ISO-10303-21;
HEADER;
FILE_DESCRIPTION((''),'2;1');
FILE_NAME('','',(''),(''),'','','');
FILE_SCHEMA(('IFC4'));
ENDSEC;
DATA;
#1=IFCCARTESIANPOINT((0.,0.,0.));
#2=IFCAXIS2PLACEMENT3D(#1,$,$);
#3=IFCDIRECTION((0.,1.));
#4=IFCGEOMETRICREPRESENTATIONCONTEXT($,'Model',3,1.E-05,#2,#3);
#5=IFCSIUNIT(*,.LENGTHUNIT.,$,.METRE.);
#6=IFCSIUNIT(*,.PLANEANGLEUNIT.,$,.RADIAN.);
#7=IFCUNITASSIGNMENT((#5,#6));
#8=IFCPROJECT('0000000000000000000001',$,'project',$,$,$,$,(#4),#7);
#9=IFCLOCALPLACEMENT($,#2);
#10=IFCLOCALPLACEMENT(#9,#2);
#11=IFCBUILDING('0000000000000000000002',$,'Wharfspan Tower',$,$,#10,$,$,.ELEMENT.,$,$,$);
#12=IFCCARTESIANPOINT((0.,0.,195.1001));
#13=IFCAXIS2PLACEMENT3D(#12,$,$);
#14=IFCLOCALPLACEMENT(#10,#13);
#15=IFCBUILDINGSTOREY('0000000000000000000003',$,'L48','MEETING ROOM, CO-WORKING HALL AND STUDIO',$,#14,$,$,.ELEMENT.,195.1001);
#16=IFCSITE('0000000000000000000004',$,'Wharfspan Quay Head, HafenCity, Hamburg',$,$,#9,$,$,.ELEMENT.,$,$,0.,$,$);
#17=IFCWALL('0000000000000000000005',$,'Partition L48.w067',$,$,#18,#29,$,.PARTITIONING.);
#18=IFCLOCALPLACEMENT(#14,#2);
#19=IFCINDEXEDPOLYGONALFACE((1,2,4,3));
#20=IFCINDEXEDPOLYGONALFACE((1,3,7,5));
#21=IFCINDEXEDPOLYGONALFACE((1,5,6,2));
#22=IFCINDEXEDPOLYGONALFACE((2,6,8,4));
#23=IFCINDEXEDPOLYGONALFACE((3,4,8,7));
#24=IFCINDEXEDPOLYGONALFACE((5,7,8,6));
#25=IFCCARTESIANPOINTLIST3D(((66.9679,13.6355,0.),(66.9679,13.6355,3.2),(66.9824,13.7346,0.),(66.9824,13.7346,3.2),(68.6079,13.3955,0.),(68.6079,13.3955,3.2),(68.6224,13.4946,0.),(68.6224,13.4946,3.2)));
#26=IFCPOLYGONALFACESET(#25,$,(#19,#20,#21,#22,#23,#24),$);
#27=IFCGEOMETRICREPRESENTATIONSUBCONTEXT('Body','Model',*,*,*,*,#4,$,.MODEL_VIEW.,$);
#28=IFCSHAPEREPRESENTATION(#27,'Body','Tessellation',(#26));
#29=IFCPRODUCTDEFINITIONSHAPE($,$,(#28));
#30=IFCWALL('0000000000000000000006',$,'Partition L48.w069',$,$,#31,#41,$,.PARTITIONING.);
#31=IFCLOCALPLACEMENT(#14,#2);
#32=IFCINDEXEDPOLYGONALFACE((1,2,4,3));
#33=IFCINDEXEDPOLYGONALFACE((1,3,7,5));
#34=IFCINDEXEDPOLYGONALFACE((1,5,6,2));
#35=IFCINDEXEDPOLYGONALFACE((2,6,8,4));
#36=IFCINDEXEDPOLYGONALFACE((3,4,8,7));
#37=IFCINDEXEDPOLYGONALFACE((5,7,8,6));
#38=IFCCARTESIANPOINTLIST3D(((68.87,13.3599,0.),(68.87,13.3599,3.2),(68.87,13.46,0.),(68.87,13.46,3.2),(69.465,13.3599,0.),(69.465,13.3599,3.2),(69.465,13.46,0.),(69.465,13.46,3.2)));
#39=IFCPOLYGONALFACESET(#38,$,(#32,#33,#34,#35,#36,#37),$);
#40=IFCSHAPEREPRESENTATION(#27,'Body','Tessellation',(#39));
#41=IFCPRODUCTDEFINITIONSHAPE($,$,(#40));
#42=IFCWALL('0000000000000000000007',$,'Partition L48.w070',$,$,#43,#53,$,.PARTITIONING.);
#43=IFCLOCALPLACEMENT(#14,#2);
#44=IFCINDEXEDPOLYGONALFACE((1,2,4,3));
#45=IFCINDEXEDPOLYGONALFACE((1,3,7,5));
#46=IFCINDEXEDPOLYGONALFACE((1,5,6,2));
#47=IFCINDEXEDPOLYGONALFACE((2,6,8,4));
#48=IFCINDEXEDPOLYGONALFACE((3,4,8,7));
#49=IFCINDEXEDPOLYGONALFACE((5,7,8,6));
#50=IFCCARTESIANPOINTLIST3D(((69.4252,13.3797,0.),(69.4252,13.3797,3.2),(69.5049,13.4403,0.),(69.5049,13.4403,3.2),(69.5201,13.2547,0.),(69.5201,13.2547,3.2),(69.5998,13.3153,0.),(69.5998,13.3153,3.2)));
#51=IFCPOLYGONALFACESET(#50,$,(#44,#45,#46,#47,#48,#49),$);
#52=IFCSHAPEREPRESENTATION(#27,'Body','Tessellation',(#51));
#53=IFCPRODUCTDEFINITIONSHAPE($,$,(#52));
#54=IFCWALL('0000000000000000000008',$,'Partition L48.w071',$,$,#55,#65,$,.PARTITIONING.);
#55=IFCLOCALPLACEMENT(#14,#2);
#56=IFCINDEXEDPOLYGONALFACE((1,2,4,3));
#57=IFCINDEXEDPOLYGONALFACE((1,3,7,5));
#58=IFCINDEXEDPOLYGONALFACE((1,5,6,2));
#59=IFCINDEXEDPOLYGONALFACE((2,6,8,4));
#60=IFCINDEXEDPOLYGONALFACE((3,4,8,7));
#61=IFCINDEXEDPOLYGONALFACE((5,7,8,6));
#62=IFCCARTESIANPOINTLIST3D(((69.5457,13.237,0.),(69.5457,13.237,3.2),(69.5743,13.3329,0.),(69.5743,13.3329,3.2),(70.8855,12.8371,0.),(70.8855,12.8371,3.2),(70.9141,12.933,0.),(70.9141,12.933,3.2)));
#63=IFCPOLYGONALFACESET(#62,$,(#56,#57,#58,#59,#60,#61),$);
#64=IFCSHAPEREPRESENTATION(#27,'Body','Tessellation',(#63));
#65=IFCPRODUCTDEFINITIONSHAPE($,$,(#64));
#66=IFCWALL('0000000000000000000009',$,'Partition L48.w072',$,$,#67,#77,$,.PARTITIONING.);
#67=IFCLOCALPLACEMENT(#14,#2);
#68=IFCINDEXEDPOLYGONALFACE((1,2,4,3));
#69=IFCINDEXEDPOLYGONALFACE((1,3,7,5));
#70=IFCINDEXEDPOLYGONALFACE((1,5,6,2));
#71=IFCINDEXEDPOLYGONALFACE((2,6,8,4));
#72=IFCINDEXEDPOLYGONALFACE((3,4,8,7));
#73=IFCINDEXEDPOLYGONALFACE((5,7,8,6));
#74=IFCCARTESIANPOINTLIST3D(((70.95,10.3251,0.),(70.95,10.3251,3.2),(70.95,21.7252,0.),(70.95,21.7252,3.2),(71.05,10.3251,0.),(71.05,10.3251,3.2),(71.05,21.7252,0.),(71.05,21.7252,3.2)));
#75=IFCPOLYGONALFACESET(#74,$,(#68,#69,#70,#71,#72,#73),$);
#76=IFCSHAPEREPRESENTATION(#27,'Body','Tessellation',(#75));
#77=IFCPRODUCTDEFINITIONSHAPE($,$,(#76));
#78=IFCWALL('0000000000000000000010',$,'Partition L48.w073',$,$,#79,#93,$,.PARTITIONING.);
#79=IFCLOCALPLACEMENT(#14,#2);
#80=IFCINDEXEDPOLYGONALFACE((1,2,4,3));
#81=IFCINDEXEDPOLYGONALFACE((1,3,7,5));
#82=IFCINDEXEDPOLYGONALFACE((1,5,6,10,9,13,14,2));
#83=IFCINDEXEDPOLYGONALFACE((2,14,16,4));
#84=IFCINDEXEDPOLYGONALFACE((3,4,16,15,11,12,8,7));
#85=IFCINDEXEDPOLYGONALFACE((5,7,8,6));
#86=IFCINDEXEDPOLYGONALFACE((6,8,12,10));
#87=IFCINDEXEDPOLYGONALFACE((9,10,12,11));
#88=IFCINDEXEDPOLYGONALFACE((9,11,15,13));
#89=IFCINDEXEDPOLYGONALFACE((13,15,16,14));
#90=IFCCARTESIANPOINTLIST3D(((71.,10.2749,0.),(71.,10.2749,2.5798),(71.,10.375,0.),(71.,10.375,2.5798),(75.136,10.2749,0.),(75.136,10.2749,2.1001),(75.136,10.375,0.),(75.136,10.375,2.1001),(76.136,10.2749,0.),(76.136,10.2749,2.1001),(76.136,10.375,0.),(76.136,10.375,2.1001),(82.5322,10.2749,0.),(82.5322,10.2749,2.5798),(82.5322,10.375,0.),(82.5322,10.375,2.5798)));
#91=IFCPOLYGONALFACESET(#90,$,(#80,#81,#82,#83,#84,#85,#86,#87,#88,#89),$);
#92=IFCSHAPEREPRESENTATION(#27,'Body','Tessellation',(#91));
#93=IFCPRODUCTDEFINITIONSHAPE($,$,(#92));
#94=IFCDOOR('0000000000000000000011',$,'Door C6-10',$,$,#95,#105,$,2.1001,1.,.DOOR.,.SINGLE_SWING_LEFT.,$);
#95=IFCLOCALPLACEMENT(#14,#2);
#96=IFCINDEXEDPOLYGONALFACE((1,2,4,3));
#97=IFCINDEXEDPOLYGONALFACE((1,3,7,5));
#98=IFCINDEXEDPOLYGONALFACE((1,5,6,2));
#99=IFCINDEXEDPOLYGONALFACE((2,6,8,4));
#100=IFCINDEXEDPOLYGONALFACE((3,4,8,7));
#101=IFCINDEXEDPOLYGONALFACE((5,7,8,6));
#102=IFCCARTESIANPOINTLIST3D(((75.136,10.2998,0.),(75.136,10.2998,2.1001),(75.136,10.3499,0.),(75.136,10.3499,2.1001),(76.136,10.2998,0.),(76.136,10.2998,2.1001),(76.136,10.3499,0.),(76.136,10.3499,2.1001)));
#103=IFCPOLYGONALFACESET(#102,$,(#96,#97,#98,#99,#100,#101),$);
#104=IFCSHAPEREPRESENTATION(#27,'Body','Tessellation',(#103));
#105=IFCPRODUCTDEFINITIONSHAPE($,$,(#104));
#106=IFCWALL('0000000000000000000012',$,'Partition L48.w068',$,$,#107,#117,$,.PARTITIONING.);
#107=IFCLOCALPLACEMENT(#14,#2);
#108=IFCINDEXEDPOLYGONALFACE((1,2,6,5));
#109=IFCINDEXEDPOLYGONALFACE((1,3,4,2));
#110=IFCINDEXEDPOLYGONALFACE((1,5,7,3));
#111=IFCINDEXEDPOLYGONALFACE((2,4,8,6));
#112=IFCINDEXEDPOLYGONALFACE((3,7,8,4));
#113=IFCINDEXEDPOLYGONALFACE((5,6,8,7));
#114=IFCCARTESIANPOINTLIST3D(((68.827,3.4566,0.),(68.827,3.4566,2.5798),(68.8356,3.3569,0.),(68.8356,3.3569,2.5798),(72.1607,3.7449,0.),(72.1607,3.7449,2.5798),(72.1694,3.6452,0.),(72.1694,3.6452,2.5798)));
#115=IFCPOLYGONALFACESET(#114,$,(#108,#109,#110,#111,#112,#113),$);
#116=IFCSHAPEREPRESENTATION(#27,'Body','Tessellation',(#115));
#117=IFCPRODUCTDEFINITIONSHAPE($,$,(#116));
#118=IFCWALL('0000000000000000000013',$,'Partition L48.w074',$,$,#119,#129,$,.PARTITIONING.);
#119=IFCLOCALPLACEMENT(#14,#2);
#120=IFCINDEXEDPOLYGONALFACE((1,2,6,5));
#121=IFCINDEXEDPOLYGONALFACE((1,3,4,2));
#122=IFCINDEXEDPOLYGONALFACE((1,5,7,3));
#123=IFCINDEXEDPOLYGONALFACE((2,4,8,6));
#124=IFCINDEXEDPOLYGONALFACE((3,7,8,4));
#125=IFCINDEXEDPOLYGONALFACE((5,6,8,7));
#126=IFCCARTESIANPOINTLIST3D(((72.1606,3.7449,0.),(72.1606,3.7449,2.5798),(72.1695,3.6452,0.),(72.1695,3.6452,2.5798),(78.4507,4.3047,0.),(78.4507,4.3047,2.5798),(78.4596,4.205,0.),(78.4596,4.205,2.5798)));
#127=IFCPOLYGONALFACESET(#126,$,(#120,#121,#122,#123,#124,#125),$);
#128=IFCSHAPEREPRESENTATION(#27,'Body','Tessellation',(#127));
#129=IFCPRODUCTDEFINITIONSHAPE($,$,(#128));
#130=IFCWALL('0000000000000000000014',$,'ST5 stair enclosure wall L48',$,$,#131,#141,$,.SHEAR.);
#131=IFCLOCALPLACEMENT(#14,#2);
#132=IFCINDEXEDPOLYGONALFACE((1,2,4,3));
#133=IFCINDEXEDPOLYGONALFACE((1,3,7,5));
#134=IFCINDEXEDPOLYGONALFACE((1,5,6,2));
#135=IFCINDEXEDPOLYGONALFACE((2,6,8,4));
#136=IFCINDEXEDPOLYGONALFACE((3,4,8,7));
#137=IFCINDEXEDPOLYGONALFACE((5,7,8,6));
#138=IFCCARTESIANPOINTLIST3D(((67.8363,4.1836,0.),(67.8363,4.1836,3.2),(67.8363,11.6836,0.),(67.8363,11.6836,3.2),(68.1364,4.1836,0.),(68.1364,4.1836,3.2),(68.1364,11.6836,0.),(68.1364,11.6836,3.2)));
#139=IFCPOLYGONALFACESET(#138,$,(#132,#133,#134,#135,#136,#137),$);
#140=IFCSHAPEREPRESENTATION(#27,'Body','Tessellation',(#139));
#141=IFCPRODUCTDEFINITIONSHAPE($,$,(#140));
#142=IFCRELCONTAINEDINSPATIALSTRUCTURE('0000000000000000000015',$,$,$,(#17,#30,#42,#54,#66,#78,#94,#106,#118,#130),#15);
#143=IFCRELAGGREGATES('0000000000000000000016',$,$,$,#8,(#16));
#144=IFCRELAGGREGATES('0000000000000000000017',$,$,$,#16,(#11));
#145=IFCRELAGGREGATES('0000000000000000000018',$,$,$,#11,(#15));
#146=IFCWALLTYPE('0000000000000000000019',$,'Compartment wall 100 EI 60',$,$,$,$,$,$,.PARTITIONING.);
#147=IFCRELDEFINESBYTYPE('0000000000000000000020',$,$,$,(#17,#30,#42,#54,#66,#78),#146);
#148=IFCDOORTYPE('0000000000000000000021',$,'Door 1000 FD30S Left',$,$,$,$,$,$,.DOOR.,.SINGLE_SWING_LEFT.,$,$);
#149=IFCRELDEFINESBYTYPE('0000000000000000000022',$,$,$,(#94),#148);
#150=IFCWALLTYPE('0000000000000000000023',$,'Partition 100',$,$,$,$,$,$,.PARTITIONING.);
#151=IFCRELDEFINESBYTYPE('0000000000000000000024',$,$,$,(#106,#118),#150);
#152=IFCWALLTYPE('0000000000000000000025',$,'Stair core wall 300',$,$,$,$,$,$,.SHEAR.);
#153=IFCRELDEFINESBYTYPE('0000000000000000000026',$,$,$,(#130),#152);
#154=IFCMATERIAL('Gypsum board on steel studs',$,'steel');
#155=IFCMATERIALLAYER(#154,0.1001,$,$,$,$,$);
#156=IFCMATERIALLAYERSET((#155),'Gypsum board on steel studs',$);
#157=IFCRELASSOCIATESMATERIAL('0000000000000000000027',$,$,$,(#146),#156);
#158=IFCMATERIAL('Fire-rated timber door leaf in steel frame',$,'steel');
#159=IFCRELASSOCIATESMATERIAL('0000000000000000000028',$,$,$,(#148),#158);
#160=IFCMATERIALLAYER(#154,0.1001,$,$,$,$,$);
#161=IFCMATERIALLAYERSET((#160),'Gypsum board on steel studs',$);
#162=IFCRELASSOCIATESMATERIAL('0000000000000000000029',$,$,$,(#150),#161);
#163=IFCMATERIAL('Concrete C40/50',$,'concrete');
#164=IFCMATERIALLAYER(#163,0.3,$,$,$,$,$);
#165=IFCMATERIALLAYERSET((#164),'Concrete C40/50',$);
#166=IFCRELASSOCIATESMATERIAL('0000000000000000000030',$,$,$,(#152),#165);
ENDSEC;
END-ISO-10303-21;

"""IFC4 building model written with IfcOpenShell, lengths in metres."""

from ifc_helpers import new_model, si_unit, direction, frame, frame_2d, origin, place, context, subcontext, project, spatial, rectangle, extrude, material, layer, layer_set, type_object, element, fill, save


model = new_model("IFC4")

# Units and contexts
model_context = context("Model", 3, precision=1e-05, world=origin(), true_north=direction((0.0, 1.0)))
body_context = subcontext(model_context, "Body", "Model", "MODEL_VIEW")
ifc_project = project(units=[si_unit("LENGTHUNIT", "METRE"), si_unit("PLANEANGLEUNIT", "RADIAN")], contexts=[model_context])

# Site, building, storey
site_placement = place(None, origin())
site = spatial("IfcSite", under=ifc_project, at=site_placement, Name="Wharfspan Quay Head, HafenCity, Hamburg", CompositionType="ELEMENT", RefElevation=0.0)
building_placement = place(site_placement, origin())
building = spatial("IfcBuilding", under=site, at=building_placement, Name="Wharfspan Tower", CompositionType="ELEMENT")
storey_placement = place(building_placement, frame((0.0, 0.0, 195.1001)))
storey = spatial("IfcBuildingStorey", under=building, at=storey_placement, Name="L48", Description="MEETING ROOM, CO-WORKING HALL AND STUDIO", CompositionType="ELEMENT", Elevation=195.1001)

# Shared definitions
ifc_material_1 = material(Name="Gypsum board on steel studs", Category="steel")
ifc_layer_1 = layer(ifc_material_1, 0.1001)
ifc_layer_set_1 = layer_set([ifc_layer_1], Name="Gypsum board on steel studs")
wall_type_1 = type_object("IfcWallType", Name="Compartment wall 100 EI 60", PredefinedType="PARTITIONING", material=ifc_layer_set_1)

# Shared definitions
ifc_material_2 = material(Name="Fire-rated timber door leaf in steel frame", Category="steel")
door_type_1 = type_object("IfcDoorType", Name="Door 1000 FD30S Left", OperationType="SINGLE_SWING_LEFT", PredefinedType="DOOR", material=ifc_material_2)

# Walls
wall_1_placement = place(storey_placement, frame((68.615, 13.4451, 0.0), z_axis=(0.0, 0.0, 1.0), x_axis=(-0.989463, 0.144803, 0.0)))
element("IfcWall", 1, at=wall_1_placement, inside=storey, type_object=wall_type_1, Name="Partition L48.w067", PredefinedType="PARTITIONING", context=body_context, shape_type="SweptSolid", body=[
    extrude(rectangle(XDim=1.6575, YDim=0.1001, at=frame_2d((0.8286, 0.0))), origin(), (0.0, 0.0, 1.0), 3.2),
])
wall_2_placement = place(storey_placement, frame((68.8701, 13.4099, 0.0), z_axis=(0.0, 0.0, 1.0), x_axis=(1.0, 0.0, 0.0)))
element("IfcWall", 2, at=wall_2_placement, inside=storey, type_object=wall_type_1, Name="Partition L48.w069", PredefinedType="PARTITIONING", context=body_context, shape_type="SweptSolid", body=[
    extrude(rectangle(XDim=0.595, YDim=0.1001, at=frame_2d((0.2974, 0.0))), origin(), (0.0, 0.0, 1.0), 3.2),
])
wall_3_placement = place(storey_placement, frame((69.5601, 13.2849, 0.0), z_axis=(0.0, 0.0, 1.0), x_axis=(-0.604968, 0.796256, 0.0)))
element("IfcWall", 3, at=wall_3_placement, inside=storey, type_object=wall_type_1, Name="Partition L48.w070", PredefinedType="PARTITIONING", context=body_context, shape_type="SweptSolid", body=[
    extrude(rectangle(XDim=0.157, YDim=0.1001, at=frame_2d((0.0786, 0.0))), origin(), (0.0, 0.0, 1.0), 3.2),
])
wall_4_placement = place(storey_placement, frame((70.8999, 12.885, 0.0), z_axis=(0.0, 0.0, 1.0), x_axis=(-0.958229, 0.286002, 0.0)))
element("IfcWall", 4, at=wall_4_placement, inside=storey, type_object=wall_type_1, Name="Partition L48.w071", PredefinedType="PARTITIONING", context=body_context, shape_type="SweptSolid", body=[
    extrude(rectangle(XDim=1.3982, YDim=0.1001, at=frame_2d((0.6992, 0.0))), origin(), (0.0, 0.0, 1.0), 3.2),
])
wall_5_placement = place(storey_placement, frame((71.0, 10.325, 0.0), z_axis=(0.0, 0.0, 1.0), x_axis=(0.0, 1.0, 0.0)))
element("IfcWall", 5, at=wall_5_placement, inside=storey, type_object=wall_type_1, Name="Partition L48.w072", PredefinedType="PARTITIONING", context=body_context, shape_type="SweptSolid", body=[
    extrude(rectangle(XDim=11.4001, YDim=0.1001, at=frame_2d((5.7002, 0.0))), origin(), (0.0, 0.0, 1.0), 3.2),
])

# Wall, opening, door
wall_6_placement = place(storey_placement, frame((71.0, 10.325, 0.0), z_axis=(0.0, 0.0, 1.0), x_axis=(1.0, 0.0, 0.0)))
wall_6 = element("IfcWall", 6, at=wall_6_placement, inside=storey, type_object=wall_type_1, Name="Partition L48.w073", PredefinedType="PARTITIONING", context=body_context, shape_type="SweptSolid", body=[
    extrude(rectangle(XDim=11.5322, YDim=0.1001, at=frame_2d((5.7661, 0.0))), origin(), (0.0, 0.0, 1.0), 2.5798),
])
opening_1_placement = place(wall_6_placement, frame((4.136, 0.0, 0.0)))
opening_1 = element("IfcOpeningElement", 7, at=opening_1_placement, cuts=wall_6, PredefinedType="OPENING", context=body_context, shape_type="SweptSolid", body=[
    extrude(rectangle(XDim=1.0, YDim=2.1001, at=frame_2d((0.5, 1.05))), frame((0.0, 0.0601, 0.0), z_axis=(0.0, -1.0, 0.0), x_axis=(1.0, 0.0, 0.0)), (0.0, 0.0, 1.0), 0.1201),
])
door_1_placement = place(opening_1_placement, origin())
door_1 = element("IfcDoor", 8, at=door_1_placement, inside=storey, type_object=door_type_1, Name="Door C6-10", OperationType="SINGLE_SWING_LEFT", OverallHeight=2.1001, OverallWidth=1.0, PredefinedType="DOOR", context=body_context, shape_type="SweptSolid", body=[
    extrude(rectangle(XDim=1.0, YDim=2.1001, at=frame_2d((0.5, 1.05))), frame((0.0, 0.0249, 0.0), z_axis=(0.0, -1.0, 0.0), x_axis=(1.0, 0.0, 0.0)), (0.0, 0.0, 1.0), 0.05),
])
fill(opening_1, door_1)

# Walls
ifc_layer_2 = layer(ifc_material_1, 0.1001)
ifc_layer_set_2 = layer_set([ifc_layer_2], Name="Gypsum board on steel studs")
wall_type_2 = type_object("IfcWallType", Name="Partition 100", PredefinedType="PARTITIONING", material=ifc_layer_set_2)
wall_7_placement = place(storey_placement, frame((68.8313, 3.4067, 0.0), z_axis=(0.0, 0.0, 1.0), x_axis=(0.996283, 0.086167, 0.0)))
element("IfcWall", 9, at=wall_7_placement, inside=storey, type_object=wall_type_2, Name="Partition L48.w068", PredefinedType="PARTITIONING", context=body_context, shape_type="SweptSolid", body=[
    extrude(rectangle(XDim=3.3462, YDim=0.1001, at=frame_2d((1.6731, 0.0))), origin(), (0.0, 0.0, 1.0), 2.5798),
])
wall_8_placement = place(storey_placement, frame((72.165, 3.6951, 0.0), z_axis=(0.0, 0.0, 1.0), x_axis=(0.996066, 0.08865, 0.0)))
element("IfcWall", 10, at=wall_8_placement, inside=storey, type_object=wall_type_2, Name="Partition L48.w074", PredefinedType="PARTITIONING", context=body_context, shape_type="SweptSolid", body=[
    extrude(rectangle(XDim=6.3149, YDim=0.1001, at=frame_2d((3.1575, 0.0))), origin(), (0.0, 0.0, 1.0), 2.5798),
])
ifc_material_3 = material(Name="Concrete C40/50", Category="concrete")
ifc_layer_3 = layer(ifc_material_3, 0.3)
ifc_layer_set_3 = layer_set([ifc_layer_3], Name="Concrete C40/50")
wall_type_3 = type_object("IfcWallType", Name="Stair core wall 300", PredefinedType="SHEAR", material=ifc_layer_set_3)
wall_9_placement = place(storey_placement, frame((67.9863, 4.1836, 0.0), z_axis=(0.0, 0.0, 1.0), x_axis=(0.0, 1.0, 0.0)))
element("IfcWall", 11, at=wall_9_placement, inside=storey, type_object=wall_type_3, Name="ST5 stair enclosure wall L48", PredefinedType="SHEAR", context=body_context, shape_type="SweptSolid", body=[
    extrude(rectangle(XDim=7.5, YDim=0.3, at=frame_2d((3.75, 0.0))), origin(), (0.0, 0.0, 1.0), 3.2),
])

save(model, "model.ifc")
